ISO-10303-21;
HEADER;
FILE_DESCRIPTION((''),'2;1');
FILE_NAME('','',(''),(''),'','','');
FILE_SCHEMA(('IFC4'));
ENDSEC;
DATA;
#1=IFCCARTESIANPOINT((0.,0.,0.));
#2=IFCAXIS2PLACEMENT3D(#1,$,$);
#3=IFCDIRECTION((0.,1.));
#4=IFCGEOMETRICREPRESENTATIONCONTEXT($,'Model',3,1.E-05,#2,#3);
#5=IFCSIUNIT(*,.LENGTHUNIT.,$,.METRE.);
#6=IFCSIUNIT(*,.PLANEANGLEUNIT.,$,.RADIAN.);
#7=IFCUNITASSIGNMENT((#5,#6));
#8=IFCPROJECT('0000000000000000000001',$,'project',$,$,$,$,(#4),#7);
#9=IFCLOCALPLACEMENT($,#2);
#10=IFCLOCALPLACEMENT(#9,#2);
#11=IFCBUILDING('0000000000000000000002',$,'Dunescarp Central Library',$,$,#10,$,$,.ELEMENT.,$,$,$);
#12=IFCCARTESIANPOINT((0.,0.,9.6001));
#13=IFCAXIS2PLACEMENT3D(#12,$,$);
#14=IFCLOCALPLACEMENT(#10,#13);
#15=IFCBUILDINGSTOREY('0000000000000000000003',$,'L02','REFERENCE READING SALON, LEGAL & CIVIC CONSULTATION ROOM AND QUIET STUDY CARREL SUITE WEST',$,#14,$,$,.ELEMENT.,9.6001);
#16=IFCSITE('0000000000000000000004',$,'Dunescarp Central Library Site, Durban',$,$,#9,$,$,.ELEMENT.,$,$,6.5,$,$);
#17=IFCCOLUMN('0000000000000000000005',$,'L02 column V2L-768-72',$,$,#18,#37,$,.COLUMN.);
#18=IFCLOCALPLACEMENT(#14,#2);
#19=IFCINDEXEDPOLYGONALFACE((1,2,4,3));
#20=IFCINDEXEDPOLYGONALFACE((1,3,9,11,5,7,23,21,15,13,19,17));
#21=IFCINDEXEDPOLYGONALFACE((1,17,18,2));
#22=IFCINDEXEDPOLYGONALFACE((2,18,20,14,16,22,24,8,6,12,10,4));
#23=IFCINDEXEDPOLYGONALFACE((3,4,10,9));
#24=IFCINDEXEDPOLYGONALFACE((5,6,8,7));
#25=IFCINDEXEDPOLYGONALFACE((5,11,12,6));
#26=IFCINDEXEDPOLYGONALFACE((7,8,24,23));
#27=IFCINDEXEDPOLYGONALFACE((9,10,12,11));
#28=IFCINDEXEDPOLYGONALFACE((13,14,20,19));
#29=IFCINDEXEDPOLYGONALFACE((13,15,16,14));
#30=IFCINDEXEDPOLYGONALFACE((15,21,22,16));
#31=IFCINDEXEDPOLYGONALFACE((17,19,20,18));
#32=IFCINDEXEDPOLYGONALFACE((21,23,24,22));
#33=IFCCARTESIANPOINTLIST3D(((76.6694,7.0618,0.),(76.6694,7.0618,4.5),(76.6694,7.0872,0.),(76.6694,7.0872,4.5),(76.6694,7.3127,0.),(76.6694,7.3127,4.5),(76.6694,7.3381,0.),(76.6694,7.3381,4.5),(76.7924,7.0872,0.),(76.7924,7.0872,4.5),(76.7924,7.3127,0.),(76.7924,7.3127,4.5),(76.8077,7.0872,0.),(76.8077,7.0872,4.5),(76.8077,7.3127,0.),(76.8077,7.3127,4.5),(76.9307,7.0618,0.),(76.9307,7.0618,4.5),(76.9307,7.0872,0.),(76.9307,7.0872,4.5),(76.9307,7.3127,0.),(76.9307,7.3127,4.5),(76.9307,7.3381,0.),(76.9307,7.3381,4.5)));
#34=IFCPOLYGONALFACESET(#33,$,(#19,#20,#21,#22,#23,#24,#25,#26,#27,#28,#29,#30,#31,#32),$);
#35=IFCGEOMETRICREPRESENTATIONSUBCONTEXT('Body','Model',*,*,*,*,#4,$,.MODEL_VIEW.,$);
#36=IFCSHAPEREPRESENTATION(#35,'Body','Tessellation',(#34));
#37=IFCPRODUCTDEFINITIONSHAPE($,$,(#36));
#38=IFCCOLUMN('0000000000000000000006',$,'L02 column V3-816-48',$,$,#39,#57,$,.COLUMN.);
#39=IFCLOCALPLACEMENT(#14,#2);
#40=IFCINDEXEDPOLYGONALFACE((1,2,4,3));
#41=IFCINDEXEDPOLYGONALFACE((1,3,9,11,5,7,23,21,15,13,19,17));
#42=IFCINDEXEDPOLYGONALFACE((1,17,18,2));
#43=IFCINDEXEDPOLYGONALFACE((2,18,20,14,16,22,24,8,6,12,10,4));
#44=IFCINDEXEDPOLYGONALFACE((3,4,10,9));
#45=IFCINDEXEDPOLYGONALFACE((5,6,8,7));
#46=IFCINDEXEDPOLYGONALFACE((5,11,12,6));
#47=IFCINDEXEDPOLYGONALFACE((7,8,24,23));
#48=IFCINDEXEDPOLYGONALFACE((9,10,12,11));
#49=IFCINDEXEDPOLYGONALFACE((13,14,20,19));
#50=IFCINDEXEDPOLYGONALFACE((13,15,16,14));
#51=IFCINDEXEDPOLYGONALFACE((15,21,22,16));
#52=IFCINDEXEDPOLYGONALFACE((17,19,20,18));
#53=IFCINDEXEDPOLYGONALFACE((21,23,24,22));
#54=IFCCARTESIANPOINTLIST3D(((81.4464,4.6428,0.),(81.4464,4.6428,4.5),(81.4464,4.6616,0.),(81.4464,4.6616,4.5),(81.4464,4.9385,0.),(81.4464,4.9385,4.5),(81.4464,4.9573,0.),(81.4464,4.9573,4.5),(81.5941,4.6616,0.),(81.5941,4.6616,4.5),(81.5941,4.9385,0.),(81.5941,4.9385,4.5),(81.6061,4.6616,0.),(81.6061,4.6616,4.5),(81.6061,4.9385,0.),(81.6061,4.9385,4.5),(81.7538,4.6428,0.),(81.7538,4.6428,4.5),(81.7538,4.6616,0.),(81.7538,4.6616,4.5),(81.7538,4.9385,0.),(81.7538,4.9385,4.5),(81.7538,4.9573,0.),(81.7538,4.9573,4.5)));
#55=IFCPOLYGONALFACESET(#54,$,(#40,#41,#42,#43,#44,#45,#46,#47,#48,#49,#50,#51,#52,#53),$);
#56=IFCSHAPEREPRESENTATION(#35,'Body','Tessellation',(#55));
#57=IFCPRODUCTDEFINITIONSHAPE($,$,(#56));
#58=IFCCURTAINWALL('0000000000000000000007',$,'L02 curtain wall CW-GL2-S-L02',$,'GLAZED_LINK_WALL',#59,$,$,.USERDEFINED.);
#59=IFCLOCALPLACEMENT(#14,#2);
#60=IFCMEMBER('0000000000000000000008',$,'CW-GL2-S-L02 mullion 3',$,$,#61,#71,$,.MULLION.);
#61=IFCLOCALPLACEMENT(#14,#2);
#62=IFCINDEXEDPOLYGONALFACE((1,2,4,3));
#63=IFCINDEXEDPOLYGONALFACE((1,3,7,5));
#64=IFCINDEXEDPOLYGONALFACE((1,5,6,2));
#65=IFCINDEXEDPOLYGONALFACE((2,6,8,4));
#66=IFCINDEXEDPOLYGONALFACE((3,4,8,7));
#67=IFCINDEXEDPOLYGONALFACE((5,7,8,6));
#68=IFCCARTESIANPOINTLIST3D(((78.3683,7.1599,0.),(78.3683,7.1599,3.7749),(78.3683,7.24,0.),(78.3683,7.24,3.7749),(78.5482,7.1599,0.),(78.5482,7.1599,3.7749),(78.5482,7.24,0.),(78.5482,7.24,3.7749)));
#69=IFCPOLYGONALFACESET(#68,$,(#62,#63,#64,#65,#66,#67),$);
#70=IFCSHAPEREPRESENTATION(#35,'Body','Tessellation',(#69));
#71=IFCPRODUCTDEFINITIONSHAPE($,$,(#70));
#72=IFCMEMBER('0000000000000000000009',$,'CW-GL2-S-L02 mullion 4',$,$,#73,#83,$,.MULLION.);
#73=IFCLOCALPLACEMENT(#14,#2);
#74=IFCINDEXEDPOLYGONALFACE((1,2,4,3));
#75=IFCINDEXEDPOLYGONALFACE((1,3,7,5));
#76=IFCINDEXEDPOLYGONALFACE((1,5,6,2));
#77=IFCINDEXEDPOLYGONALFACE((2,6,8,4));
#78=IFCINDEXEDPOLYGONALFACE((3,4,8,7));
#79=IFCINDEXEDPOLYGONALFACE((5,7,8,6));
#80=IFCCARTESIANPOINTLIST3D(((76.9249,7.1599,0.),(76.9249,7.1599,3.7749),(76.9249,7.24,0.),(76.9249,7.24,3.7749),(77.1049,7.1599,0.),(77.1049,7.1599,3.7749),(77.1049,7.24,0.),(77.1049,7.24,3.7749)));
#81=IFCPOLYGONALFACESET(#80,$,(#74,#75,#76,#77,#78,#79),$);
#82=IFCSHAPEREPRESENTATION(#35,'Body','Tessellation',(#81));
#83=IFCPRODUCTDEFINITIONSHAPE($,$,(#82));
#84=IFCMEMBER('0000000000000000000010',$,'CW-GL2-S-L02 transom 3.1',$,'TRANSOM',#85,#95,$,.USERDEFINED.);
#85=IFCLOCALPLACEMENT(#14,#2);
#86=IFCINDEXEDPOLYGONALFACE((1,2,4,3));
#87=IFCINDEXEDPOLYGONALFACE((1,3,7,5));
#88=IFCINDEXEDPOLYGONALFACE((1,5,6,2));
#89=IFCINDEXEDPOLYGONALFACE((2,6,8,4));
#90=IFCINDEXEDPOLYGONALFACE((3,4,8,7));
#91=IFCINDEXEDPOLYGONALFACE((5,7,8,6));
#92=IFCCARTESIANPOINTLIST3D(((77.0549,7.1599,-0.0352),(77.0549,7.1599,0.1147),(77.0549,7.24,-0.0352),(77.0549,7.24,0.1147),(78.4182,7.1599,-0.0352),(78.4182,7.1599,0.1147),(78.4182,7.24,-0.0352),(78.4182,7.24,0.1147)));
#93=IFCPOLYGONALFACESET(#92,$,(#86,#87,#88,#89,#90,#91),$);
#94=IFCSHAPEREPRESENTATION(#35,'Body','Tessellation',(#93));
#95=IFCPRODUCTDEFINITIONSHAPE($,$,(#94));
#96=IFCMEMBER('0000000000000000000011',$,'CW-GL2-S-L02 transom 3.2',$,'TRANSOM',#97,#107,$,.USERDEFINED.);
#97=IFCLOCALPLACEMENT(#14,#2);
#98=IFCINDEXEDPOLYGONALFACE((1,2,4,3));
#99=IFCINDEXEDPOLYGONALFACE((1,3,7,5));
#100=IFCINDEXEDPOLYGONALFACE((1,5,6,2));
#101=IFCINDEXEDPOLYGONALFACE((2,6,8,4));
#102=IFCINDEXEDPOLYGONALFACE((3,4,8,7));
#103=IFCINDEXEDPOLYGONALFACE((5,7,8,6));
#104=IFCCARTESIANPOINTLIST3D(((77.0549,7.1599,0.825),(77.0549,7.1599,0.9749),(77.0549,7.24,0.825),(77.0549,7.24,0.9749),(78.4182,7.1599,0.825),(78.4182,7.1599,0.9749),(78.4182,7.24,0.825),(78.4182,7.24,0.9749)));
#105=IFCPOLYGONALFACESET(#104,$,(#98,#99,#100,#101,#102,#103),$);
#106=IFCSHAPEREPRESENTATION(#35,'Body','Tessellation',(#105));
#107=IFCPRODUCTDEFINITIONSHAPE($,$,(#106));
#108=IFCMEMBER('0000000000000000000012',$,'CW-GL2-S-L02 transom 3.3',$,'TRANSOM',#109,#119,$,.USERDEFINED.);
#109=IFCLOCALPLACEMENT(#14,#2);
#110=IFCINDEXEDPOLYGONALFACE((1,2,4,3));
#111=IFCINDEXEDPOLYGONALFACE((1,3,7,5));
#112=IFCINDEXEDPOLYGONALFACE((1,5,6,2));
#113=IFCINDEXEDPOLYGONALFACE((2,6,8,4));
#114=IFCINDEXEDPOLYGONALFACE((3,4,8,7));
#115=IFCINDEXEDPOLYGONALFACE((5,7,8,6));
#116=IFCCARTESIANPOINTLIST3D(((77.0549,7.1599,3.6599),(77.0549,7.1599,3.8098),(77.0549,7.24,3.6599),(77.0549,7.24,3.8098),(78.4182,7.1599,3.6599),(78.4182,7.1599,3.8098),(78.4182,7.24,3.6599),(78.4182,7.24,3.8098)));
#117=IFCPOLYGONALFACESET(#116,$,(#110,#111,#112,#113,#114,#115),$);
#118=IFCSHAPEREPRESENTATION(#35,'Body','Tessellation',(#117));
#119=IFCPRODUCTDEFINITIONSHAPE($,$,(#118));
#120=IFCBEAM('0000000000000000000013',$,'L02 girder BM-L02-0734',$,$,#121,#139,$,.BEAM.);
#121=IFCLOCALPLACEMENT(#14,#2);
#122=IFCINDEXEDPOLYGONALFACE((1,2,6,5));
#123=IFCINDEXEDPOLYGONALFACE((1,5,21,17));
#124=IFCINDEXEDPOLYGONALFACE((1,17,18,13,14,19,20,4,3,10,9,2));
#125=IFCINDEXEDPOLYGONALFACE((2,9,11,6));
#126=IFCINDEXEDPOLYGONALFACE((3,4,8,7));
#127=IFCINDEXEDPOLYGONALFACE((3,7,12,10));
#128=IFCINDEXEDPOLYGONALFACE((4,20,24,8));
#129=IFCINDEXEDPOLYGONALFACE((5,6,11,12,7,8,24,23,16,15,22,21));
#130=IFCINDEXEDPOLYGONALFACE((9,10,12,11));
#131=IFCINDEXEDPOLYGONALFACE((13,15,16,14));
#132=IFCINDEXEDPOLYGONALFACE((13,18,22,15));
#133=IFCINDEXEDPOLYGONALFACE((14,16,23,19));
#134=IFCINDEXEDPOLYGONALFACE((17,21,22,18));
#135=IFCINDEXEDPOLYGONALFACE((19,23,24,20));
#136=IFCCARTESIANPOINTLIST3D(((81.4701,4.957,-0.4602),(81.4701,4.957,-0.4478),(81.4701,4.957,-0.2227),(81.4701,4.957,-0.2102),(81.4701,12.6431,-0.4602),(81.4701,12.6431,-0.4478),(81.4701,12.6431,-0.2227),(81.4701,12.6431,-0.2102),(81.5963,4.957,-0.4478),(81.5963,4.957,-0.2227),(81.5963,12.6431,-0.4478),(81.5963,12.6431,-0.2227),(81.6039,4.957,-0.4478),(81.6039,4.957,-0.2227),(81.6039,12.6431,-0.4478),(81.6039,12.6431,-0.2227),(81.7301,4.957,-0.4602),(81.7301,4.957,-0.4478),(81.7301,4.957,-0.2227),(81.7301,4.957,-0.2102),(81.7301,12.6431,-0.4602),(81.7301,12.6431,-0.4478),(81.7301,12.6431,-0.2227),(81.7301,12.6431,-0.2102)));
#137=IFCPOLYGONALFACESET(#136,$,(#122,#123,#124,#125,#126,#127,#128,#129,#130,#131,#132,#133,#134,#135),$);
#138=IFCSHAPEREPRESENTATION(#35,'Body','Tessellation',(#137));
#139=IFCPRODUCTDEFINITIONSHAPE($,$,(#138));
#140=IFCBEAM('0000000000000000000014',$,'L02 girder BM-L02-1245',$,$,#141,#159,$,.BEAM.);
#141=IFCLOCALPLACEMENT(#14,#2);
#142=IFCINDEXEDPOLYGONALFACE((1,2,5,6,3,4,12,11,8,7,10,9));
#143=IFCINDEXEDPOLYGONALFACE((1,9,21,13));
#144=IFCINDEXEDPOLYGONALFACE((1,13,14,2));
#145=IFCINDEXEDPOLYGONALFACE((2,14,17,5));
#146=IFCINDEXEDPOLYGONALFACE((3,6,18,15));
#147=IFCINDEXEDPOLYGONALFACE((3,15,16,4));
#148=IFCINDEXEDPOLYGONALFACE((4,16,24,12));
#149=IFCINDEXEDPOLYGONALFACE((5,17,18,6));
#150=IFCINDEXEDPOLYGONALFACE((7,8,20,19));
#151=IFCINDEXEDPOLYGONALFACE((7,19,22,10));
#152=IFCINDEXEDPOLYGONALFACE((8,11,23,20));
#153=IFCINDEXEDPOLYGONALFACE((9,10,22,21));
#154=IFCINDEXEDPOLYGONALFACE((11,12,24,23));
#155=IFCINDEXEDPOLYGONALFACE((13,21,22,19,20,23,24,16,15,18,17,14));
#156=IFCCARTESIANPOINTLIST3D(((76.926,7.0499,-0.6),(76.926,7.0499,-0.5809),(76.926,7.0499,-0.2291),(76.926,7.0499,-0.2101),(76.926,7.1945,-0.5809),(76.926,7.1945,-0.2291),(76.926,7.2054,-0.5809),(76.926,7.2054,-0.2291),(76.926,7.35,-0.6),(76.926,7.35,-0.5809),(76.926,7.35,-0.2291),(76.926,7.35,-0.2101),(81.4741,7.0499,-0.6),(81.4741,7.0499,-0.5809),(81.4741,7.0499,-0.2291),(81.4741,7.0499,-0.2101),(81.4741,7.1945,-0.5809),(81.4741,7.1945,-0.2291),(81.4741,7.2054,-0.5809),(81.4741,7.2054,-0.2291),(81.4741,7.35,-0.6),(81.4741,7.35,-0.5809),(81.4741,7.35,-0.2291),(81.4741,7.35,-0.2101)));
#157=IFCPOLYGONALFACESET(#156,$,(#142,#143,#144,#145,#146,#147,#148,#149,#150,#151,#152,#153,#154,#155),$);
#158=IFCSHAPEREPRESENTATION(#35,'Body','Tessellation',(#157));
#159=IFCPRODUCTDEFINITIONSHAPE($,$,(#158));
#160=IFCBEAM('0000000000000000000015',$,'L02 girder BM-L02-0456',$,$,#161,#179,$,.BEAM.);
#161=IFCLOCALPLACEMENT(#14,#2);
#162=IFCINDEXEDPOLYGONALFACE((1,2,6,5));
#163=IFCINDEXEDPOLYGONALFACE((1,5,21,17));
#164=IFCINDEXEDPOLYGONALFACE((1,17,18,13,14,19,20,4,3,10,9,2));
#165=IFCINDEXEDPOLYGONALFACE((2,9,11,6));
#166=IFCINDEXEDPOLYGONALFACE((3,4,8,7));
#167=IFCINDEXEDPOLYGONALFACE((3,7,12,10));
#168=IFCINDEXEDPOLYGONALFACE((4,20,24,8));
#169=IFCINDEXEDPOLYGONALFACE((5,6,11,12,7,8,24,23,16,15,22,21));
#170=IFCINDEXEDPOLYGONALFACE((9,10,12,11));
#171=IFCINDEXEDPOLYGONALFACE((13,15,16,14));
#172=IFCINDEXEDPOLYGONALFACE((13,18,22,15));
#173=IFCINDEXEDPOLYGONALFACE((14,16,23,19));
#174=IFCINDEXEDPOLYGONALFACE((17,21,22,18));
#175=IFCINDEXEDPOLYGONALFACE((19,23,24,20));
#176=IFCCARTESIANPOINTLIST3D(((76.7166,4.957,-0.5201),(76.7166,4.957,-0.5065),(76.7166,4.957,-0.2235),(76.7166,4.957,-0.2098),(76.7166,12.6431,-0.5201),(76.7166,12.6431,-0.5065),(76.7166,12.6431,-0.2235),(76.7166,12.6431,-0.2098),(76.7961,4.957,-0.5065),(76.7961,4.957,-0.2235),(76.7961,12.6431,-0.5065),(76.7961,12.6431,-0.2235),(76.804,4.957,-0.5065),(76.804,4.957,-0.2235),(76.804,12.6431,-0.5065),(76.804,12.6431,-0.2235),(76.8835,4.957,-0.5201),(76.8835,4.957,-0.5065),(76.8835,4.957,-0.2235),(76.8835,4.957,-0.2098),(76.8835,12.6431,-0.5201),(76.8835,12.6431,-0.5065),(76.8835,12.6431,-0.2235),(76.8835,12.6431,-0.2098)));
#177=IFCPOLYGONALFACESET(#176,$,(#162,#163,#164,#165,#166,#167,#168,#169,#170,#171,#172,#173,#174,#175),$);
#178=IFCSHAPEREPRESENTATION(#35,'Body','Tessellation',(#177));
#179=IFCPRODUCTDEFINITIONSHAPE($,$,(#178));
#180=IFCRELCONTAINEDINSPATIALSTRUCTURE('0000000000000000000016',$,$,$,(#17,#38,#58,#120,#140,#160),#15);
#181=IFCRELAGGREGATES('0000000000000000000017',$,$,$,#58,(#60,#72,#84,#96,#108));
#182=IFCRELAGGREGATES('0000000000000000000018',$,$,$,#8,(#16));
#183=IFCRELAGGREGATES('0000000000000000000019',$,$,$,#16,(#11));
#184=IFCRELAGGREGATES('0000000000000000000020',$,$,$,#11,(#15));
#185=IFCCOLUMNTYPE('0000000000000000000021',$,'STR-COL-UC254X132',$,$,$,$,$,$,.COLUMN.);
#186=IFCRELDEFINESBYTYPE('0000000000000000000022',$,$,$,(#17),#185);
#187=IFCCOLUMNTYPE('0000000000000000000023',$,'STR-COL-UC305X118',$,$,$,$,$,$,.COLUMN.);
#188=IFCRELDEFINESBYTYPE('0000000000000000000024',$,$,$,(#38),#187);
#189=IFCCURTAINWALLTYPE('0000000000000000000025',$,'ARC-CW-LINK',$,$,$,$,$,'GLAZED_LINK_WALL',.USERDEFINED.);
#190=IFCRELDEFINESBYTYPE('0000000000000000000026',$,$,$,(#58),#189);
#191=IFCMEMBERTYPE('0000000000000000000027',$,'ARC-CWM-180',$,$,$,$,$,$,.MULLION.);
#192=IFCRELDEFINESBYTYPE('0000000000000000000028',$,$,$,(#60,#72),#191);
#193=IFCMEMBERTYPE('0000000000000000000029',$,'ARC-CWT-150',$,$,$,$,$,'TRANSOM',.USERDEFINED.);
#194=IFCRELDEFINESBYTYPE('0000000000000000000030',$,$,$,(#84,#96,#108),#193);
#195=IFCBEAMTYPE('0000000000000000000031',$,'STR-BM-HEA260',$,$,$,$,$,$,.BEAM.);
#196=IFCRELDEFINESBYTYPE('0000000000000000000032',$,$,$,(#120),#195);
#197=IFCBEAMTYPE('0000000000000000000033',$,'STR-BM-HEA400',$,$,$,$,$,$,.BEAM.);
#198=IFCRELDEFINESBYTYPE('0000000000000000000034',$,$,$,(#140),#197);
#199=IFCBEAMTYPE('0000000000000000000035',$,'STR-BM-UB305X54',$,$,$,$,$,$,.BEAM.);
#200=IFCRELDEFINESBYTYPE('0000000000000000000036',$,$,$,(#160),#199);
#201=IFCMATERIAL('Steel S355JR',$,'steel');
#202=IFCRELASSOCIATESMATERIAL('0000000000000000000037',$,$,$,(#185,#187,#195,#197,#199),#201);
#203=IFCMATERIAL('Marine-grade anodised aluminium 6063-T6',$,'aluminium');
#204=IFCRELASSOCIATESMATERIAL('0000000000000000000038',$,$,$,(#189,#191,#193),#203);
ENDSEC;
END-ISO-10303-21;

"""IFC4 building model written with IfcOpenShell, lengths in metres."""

from ifc_helpers import new_model, si_unit, direction, frame, origin, origin_2d, place, context, subcontext, project, spatial, rectangle, i_section, extrude, material, material_profile, profile_set, type_object, element, aggregate, save


model = new_model("IFC4")

# Units and contexts
model_context = context("Model", 3, precision=1e-05, world=origin(), true_north=direction((0.0, 1.0)))
body_context = subcontext(model_context, "Body", "Model", "MODEL_VIEW")
ifc_project = project(units=[si_unit("LENGTHUNIT", "METRE"), si_unit("PLANEANGLEUNIT", "RADIAN")], contexts=[model_context])

# Site, building, storey
site_placement = place(None, origin())
site = spatial("IfcSite", under=ifc_project, at=site_placement, Name="Dunescarp Central Library Site, Durban", CompositionType="ELEMENT", RefElevation=6.5)
building_placement = place(site_placement, origin())
building = spatial("IfcBuilding", under=site, at=building_placement, Name="Dunescarp Central Library", CompositionType="ELEMENT")
storey_placement = place(building_placement, frame((0.0, 0.0, 9.6001)))
storey = spatial("IfcBuildingStorey", under=building, at=storey_placement, Name="L02", Description="REFERENCE READING SALON, LEGAL & CIVIC CONSULTATION ROOM AND QUIET STUDY CARREL SUITE WEST", CompositionType="ELEMENT", Elevation=9.6001)

# Columns
ifc_material_1 = material(Name="Steel S355JR", Category="steel")
ifc_material_profile_1 = material_profile(ifc_material_1, i_section(OverallWidth=0.2612, OverallDepth=0.2764, WebThickness=0.0154, FlangeThickness=0.0254, at=origin_2d()), Name="UC 254x254x132")
ifc_profile_set_1 = profile_set([ifc_material_profile_1], Name="Steel S355JR")
column_type_1 = type_object("IfcColumnType", Name="STR-COL-UC254X132", PredefinedType="COLUMN", material=ifc_profile_set_1)
column_1_placement = place(storey_placement, frame((76.8, 7.2, 0.0), z_axis=(0.0, 0.0, 1.0), x_axis=(1.0, 0.0, 0.0)))
element("IfcColumn", 1, at=column_1_placement, inside=storey, type_object=column_type_1, Name="L02 column V2L-768-72", PredefinedType="COLUMN", context=body_context, shape_type="SweptSolid", body=[
    extrude(i_section(OverallWidth=0.2612, OverallDepth=0.2764, WebThickness=0.0154, FlangeThickness=0.0254, at=origin_2d()), origin(), (0.0, 0.0, 1.0), 4.5),
])
ifc_material_profile_2 = material_profile(ifc_material_1, i_section(OverallWidth=0.3074, OverallDepth=0.3145, WebThickness=0.012, FlangeThickness=0.0188, at=origin_2d()), Name="UC 305x305x118")
ifc_profile_set_2 = profile_set([ifc_material_profile_2], Name="Steel S355JR")
column_type_2 = type_object("IfcColumnType", Name="STR-COL-UC305X118", PredefinedType="COLUMN", material=ifc_profile_set_2)
column_2_placement = place(storey_placement, frame((81.6001, 4.8, 0.0), z_axis=(0.0, 0.0, 1.0), x_axis=(1.0, 0.0, 0.0)))
element("IfcColumn", 2, at=column_2_placement, inside=storey, type_object=column_type_2, Name="L02 column V3-816-48", PredefinedType="COLUMN", context=body_context, shape_type="SweptSolid", body=[
    extrude(i_section(OverallWidth=0.3074, OverallDepth=0.3145, WebThickness=0.012, FlangeThickness=0.0188, at=origin_2d()), origin(), (0.0, 0.0, 1.0), 4.5),
])

# Curtain wall, members
ifc_material_2 = material(Name="Marine-grade anodised aluminium 6063-T6", Category="aluminium")
curtain_wall_type = type_object("IfcCurtainWallType", Name="ARC-CW-LINK", ElementType="GLAZED_LINK_WALL", PredefinedType="USERDEFINED", material=ifc_material_2)
curtain_wall_placement = place(storey_placement, origin())
curtain_wall = element("IfcCurtainWall", 3, at=curtain_wall_placement, inside=storey, type_object=curtain_wall_type, Name="L02 curtain wall CW-GL2-S-L02", ObjectType="GLAZED_LINK_WALL", PredefinedType="USERDEFINED")
ifc_material_profile_3 = material_profile(ifc_material_2, rectangle(XDim=0.0801, YDim=0.1799, at=origin_2d()), Name="AL 80x180")
ifc_profile_set_3 = profile_set([ifc_material_profile_3], Name="Marine-grade anodised aluminium 6063-T6")
member_type_1 = type_object("IfcMemberType", Name="ARC-CWM-180", PredefinedType="MULLION", material=ifc_profile_set_3)
member_1_placement = place(storey_placement, frame((78.4583, 7.2, 0.0), z_axis=(0.0, 0.0, 1.0), x_axis=(0.0, -1.0, 0.0)))
member_1 = element("IfcMember", 4, at=member_1_placement, type_object=member_type_1, Name="CW-GL2-S-L02 mullion 3", PredefinedType="MULLION", context=body_context, shape_type="SweptSolid", body=[
    extrude(rectangle(XDim=0.0801, YDim=0.1799, at=origin_2d()), origin(), (0.0, 0.0, 1.0), 3.7749),
])
member_2_placement = place(storey_placement, frame((77.0149, 7.2, 0.0), z_axis=(0.0, 0.0, 1.0), x_axis=(0.0, -1.0, 0.0)))
member_2 = element("IfcMember", 5, at=member_2_placement, type_object=member_type_1, Name="CW-GL2-S-L02 mullion 4", PredefinedType="MULLION", context=body_context, shape_type="SweptSolid", body=[
    extrude(rectangle(XDim=0.0801, YDim=0.1799, at=origin_2d()), origin(), (0.0, 0.0, 1.0), 3.7749),
])
ifc_material_profile_4 = material_profile(ifc_material_2, rectangle(XDim=0.0801, YDim=0.1499, at=origin_2d()), Name="AL 80x150")
ifc_profile_set_4 = profile_set([ifc_material_profile_4], Name="Marine-grade anodised aluminium 6063-T6")
member_type_2 = type_object("IfcMemberType", Name="ARC-CWT-150", ElementType="TRANSOM", PredefinedType="USERDEFINED", material=ifc_profile_set_4)
member_3_placement = place(storey_placement, frame((78.4182, 7.2, 0.0398), z_axis=(-1.0, 0.0, 0.0), x_axis=(0.0, -1.0, 0.0)))
member_3 = element("IfcMember", 6, at=member_3_placement, type_object=member_type_2, Name="CW-GL2-S-L02 transom 3.1", ObjectType="TRANSOM", PredefinedType="USERDEFINED", context=body_context, shape_type="SweptSolid", body=[
    extrude(rectangle(XDim=0.0801, YDim=0.1499, at=origin_2d()), origin(), (0.0, 0.0, 1.0), 1.3633),
])
member_4_placement = place(storey_placement, frame((78.4182, 7.2, 0.8999), z_axis=(-1.0, 0.0, 0.0), x_axis=(0.0, -1.0, 0.0)))
member_4 = element("IfcMember", 7, at=member_4_placement, type_object=member_type_2, Name="CW-GL2-S-L02 transom 3.2", ObjectType="TRANSOM", PredefinedType="USERDEFINED", context=body_context, shape_type="SweptSolid", body=[
    extrude(rectangle(XDim=0.0801, YDim=0.1499, at=origin_2d()), origin(), (0.0, 0.0, 1.0), 1.3633),
])
member_5_placement = place(storey_placement, frame((78.4182, 7.2, 3.7349), z_axis=(-1.0, 0.0, 0.0), x_axis=(0.0, -1.0, 0.0)))
member_5 = element("IfcMember", 8, at=member_5_placement, type_object=member_type_2, Name="CW-GL2-S-L02 transom 3.3", ObjectType="TRANSOM", PredefinedType="USERDEFINED", context=body_context, shape_type="SweptSolid", body=[
    extrude(rectangle(XDim=0.0801, YDim=0.1499, at=origin_2d()), origin(), (0.0, 0.0, 1.0), 1.3633),
])

# Beams
ifc_material_profile_5 = material_profile(ifc_material_1, i_section(OverallWidth=0.26, OverallDepth=0.25, WebThickness=0.0076, FlangeThickness=0.0125, at=origin_2d()), Name="HEA 260")
ifc_profile_set_5 = profile_set([ifc_material_profile_5], Name="Steel S355JR")
beam_type_1 = type_object("IfcBeamType", Name="STR-BM-HEA260", PredefinedType="BEAM", material=ifc_profile_set_5)
beam_1_placement = place(storey_placement, frame((81.6001, 4.957, -0.3352), z_axis=(0.0, 1.0, 0.0), x_axis=(-1.0, 0.0, 0.0)))
element("IfcBeam", 9, at=beam_1_placement, inside=storey, type_object=beam_type_1, Name="L02 girder BM-L02-0734", PredefinedType="BEAM", context=body_context, shape_type="SweptSolid", body=[
    extrude(i_section(OverallWidth=0.26, OverallDepth=0.25, WebThickness=0.0076, FlangeThickness=0.0125, at=origin_2d()), origin(), (0.0, 0.0, 1.0), 7.686),
])
ifc_material_profile_6 = material_profile(ifc_material_1, i_section(OverallWidth=0.3, OverallDepth=0.3899, WebThickness=0.011, FlangeThickness=0.019, at=origin_2d()), Name="HEA 400")
ifc_profile_set_6 = profile_set([ifc_material_profile_6], Name="Steel S355JR")
beam_type_2 = type_object("IfcBeamType", Name="STR-BM-HEA400", PredefinedType="BEAM", material=ifc_profile_set_6)
beam_2_placement = place(storey_placement, frame((76.926, 7.2, -0.405), z_axis=(1.0, 0.0, 0.0), x_axis=(0.0, 1.0, 0.0)))
element("IfcBeam", 10, at=beam_2_placement, inside=storey, type_object=beam_type_2, Name="L02 girder BM-L02-1245", PredefinedType="BEAM", context=body_context, shape_type="SweptSolid", body=[
    extrude(i_section(OverallWidth=0.3, OverallDepth=0.3899, WebThickness=0.011, FlangeThickness=0.019, at=origin_2d()), origin(), (0.0, 0.0, 1.0), 4.5481),
])
ifc_material_profile_7 = material_profile(ifc_material_1, i_section(OverallWidth=0.167, OverallDepth=0.3103, WebThickness=0.0078, FlangeThickness=0.0137, at=origin_2d()), Name="UB 305x165x54")
ifc_profile_set_7 = profile_set([ifc_material_profile_7], Name="Steel S355JR")
beam_type_3 = type_object("IfcBeamType", Name="STR-BM-UB305X54", PredefinedType="BEAM", material=ifc_profile_set_7)
beam_3_placement = place(storey_placement, frame((76.8, 4.957, -0.365), z_axis=(0.0, 1.0, 0.0), x_axis=(-1.0, 0.0, 0.0)))
element("IfcBeam", 11, at=beam_3_placement, inside=storey, type_object=beam_type_3, Name="L02 girder BM-L02-0456", PredefinedType="BEAM", context=body_context, shape_type="SweptSolid", body=[
    extrude(i_section(OverallWidth=0.167, OverallDepth=0.3103, WebThickness=0.0078, FlangeThickness=0.0137, at=origin_2d()), origin(), (0.0, 0.0, 1.0), 7.686),
])

aggregate(curtain_wall, [member_1, member_2, member_3, member_4, member_5])

save(model, "model.ifc")
